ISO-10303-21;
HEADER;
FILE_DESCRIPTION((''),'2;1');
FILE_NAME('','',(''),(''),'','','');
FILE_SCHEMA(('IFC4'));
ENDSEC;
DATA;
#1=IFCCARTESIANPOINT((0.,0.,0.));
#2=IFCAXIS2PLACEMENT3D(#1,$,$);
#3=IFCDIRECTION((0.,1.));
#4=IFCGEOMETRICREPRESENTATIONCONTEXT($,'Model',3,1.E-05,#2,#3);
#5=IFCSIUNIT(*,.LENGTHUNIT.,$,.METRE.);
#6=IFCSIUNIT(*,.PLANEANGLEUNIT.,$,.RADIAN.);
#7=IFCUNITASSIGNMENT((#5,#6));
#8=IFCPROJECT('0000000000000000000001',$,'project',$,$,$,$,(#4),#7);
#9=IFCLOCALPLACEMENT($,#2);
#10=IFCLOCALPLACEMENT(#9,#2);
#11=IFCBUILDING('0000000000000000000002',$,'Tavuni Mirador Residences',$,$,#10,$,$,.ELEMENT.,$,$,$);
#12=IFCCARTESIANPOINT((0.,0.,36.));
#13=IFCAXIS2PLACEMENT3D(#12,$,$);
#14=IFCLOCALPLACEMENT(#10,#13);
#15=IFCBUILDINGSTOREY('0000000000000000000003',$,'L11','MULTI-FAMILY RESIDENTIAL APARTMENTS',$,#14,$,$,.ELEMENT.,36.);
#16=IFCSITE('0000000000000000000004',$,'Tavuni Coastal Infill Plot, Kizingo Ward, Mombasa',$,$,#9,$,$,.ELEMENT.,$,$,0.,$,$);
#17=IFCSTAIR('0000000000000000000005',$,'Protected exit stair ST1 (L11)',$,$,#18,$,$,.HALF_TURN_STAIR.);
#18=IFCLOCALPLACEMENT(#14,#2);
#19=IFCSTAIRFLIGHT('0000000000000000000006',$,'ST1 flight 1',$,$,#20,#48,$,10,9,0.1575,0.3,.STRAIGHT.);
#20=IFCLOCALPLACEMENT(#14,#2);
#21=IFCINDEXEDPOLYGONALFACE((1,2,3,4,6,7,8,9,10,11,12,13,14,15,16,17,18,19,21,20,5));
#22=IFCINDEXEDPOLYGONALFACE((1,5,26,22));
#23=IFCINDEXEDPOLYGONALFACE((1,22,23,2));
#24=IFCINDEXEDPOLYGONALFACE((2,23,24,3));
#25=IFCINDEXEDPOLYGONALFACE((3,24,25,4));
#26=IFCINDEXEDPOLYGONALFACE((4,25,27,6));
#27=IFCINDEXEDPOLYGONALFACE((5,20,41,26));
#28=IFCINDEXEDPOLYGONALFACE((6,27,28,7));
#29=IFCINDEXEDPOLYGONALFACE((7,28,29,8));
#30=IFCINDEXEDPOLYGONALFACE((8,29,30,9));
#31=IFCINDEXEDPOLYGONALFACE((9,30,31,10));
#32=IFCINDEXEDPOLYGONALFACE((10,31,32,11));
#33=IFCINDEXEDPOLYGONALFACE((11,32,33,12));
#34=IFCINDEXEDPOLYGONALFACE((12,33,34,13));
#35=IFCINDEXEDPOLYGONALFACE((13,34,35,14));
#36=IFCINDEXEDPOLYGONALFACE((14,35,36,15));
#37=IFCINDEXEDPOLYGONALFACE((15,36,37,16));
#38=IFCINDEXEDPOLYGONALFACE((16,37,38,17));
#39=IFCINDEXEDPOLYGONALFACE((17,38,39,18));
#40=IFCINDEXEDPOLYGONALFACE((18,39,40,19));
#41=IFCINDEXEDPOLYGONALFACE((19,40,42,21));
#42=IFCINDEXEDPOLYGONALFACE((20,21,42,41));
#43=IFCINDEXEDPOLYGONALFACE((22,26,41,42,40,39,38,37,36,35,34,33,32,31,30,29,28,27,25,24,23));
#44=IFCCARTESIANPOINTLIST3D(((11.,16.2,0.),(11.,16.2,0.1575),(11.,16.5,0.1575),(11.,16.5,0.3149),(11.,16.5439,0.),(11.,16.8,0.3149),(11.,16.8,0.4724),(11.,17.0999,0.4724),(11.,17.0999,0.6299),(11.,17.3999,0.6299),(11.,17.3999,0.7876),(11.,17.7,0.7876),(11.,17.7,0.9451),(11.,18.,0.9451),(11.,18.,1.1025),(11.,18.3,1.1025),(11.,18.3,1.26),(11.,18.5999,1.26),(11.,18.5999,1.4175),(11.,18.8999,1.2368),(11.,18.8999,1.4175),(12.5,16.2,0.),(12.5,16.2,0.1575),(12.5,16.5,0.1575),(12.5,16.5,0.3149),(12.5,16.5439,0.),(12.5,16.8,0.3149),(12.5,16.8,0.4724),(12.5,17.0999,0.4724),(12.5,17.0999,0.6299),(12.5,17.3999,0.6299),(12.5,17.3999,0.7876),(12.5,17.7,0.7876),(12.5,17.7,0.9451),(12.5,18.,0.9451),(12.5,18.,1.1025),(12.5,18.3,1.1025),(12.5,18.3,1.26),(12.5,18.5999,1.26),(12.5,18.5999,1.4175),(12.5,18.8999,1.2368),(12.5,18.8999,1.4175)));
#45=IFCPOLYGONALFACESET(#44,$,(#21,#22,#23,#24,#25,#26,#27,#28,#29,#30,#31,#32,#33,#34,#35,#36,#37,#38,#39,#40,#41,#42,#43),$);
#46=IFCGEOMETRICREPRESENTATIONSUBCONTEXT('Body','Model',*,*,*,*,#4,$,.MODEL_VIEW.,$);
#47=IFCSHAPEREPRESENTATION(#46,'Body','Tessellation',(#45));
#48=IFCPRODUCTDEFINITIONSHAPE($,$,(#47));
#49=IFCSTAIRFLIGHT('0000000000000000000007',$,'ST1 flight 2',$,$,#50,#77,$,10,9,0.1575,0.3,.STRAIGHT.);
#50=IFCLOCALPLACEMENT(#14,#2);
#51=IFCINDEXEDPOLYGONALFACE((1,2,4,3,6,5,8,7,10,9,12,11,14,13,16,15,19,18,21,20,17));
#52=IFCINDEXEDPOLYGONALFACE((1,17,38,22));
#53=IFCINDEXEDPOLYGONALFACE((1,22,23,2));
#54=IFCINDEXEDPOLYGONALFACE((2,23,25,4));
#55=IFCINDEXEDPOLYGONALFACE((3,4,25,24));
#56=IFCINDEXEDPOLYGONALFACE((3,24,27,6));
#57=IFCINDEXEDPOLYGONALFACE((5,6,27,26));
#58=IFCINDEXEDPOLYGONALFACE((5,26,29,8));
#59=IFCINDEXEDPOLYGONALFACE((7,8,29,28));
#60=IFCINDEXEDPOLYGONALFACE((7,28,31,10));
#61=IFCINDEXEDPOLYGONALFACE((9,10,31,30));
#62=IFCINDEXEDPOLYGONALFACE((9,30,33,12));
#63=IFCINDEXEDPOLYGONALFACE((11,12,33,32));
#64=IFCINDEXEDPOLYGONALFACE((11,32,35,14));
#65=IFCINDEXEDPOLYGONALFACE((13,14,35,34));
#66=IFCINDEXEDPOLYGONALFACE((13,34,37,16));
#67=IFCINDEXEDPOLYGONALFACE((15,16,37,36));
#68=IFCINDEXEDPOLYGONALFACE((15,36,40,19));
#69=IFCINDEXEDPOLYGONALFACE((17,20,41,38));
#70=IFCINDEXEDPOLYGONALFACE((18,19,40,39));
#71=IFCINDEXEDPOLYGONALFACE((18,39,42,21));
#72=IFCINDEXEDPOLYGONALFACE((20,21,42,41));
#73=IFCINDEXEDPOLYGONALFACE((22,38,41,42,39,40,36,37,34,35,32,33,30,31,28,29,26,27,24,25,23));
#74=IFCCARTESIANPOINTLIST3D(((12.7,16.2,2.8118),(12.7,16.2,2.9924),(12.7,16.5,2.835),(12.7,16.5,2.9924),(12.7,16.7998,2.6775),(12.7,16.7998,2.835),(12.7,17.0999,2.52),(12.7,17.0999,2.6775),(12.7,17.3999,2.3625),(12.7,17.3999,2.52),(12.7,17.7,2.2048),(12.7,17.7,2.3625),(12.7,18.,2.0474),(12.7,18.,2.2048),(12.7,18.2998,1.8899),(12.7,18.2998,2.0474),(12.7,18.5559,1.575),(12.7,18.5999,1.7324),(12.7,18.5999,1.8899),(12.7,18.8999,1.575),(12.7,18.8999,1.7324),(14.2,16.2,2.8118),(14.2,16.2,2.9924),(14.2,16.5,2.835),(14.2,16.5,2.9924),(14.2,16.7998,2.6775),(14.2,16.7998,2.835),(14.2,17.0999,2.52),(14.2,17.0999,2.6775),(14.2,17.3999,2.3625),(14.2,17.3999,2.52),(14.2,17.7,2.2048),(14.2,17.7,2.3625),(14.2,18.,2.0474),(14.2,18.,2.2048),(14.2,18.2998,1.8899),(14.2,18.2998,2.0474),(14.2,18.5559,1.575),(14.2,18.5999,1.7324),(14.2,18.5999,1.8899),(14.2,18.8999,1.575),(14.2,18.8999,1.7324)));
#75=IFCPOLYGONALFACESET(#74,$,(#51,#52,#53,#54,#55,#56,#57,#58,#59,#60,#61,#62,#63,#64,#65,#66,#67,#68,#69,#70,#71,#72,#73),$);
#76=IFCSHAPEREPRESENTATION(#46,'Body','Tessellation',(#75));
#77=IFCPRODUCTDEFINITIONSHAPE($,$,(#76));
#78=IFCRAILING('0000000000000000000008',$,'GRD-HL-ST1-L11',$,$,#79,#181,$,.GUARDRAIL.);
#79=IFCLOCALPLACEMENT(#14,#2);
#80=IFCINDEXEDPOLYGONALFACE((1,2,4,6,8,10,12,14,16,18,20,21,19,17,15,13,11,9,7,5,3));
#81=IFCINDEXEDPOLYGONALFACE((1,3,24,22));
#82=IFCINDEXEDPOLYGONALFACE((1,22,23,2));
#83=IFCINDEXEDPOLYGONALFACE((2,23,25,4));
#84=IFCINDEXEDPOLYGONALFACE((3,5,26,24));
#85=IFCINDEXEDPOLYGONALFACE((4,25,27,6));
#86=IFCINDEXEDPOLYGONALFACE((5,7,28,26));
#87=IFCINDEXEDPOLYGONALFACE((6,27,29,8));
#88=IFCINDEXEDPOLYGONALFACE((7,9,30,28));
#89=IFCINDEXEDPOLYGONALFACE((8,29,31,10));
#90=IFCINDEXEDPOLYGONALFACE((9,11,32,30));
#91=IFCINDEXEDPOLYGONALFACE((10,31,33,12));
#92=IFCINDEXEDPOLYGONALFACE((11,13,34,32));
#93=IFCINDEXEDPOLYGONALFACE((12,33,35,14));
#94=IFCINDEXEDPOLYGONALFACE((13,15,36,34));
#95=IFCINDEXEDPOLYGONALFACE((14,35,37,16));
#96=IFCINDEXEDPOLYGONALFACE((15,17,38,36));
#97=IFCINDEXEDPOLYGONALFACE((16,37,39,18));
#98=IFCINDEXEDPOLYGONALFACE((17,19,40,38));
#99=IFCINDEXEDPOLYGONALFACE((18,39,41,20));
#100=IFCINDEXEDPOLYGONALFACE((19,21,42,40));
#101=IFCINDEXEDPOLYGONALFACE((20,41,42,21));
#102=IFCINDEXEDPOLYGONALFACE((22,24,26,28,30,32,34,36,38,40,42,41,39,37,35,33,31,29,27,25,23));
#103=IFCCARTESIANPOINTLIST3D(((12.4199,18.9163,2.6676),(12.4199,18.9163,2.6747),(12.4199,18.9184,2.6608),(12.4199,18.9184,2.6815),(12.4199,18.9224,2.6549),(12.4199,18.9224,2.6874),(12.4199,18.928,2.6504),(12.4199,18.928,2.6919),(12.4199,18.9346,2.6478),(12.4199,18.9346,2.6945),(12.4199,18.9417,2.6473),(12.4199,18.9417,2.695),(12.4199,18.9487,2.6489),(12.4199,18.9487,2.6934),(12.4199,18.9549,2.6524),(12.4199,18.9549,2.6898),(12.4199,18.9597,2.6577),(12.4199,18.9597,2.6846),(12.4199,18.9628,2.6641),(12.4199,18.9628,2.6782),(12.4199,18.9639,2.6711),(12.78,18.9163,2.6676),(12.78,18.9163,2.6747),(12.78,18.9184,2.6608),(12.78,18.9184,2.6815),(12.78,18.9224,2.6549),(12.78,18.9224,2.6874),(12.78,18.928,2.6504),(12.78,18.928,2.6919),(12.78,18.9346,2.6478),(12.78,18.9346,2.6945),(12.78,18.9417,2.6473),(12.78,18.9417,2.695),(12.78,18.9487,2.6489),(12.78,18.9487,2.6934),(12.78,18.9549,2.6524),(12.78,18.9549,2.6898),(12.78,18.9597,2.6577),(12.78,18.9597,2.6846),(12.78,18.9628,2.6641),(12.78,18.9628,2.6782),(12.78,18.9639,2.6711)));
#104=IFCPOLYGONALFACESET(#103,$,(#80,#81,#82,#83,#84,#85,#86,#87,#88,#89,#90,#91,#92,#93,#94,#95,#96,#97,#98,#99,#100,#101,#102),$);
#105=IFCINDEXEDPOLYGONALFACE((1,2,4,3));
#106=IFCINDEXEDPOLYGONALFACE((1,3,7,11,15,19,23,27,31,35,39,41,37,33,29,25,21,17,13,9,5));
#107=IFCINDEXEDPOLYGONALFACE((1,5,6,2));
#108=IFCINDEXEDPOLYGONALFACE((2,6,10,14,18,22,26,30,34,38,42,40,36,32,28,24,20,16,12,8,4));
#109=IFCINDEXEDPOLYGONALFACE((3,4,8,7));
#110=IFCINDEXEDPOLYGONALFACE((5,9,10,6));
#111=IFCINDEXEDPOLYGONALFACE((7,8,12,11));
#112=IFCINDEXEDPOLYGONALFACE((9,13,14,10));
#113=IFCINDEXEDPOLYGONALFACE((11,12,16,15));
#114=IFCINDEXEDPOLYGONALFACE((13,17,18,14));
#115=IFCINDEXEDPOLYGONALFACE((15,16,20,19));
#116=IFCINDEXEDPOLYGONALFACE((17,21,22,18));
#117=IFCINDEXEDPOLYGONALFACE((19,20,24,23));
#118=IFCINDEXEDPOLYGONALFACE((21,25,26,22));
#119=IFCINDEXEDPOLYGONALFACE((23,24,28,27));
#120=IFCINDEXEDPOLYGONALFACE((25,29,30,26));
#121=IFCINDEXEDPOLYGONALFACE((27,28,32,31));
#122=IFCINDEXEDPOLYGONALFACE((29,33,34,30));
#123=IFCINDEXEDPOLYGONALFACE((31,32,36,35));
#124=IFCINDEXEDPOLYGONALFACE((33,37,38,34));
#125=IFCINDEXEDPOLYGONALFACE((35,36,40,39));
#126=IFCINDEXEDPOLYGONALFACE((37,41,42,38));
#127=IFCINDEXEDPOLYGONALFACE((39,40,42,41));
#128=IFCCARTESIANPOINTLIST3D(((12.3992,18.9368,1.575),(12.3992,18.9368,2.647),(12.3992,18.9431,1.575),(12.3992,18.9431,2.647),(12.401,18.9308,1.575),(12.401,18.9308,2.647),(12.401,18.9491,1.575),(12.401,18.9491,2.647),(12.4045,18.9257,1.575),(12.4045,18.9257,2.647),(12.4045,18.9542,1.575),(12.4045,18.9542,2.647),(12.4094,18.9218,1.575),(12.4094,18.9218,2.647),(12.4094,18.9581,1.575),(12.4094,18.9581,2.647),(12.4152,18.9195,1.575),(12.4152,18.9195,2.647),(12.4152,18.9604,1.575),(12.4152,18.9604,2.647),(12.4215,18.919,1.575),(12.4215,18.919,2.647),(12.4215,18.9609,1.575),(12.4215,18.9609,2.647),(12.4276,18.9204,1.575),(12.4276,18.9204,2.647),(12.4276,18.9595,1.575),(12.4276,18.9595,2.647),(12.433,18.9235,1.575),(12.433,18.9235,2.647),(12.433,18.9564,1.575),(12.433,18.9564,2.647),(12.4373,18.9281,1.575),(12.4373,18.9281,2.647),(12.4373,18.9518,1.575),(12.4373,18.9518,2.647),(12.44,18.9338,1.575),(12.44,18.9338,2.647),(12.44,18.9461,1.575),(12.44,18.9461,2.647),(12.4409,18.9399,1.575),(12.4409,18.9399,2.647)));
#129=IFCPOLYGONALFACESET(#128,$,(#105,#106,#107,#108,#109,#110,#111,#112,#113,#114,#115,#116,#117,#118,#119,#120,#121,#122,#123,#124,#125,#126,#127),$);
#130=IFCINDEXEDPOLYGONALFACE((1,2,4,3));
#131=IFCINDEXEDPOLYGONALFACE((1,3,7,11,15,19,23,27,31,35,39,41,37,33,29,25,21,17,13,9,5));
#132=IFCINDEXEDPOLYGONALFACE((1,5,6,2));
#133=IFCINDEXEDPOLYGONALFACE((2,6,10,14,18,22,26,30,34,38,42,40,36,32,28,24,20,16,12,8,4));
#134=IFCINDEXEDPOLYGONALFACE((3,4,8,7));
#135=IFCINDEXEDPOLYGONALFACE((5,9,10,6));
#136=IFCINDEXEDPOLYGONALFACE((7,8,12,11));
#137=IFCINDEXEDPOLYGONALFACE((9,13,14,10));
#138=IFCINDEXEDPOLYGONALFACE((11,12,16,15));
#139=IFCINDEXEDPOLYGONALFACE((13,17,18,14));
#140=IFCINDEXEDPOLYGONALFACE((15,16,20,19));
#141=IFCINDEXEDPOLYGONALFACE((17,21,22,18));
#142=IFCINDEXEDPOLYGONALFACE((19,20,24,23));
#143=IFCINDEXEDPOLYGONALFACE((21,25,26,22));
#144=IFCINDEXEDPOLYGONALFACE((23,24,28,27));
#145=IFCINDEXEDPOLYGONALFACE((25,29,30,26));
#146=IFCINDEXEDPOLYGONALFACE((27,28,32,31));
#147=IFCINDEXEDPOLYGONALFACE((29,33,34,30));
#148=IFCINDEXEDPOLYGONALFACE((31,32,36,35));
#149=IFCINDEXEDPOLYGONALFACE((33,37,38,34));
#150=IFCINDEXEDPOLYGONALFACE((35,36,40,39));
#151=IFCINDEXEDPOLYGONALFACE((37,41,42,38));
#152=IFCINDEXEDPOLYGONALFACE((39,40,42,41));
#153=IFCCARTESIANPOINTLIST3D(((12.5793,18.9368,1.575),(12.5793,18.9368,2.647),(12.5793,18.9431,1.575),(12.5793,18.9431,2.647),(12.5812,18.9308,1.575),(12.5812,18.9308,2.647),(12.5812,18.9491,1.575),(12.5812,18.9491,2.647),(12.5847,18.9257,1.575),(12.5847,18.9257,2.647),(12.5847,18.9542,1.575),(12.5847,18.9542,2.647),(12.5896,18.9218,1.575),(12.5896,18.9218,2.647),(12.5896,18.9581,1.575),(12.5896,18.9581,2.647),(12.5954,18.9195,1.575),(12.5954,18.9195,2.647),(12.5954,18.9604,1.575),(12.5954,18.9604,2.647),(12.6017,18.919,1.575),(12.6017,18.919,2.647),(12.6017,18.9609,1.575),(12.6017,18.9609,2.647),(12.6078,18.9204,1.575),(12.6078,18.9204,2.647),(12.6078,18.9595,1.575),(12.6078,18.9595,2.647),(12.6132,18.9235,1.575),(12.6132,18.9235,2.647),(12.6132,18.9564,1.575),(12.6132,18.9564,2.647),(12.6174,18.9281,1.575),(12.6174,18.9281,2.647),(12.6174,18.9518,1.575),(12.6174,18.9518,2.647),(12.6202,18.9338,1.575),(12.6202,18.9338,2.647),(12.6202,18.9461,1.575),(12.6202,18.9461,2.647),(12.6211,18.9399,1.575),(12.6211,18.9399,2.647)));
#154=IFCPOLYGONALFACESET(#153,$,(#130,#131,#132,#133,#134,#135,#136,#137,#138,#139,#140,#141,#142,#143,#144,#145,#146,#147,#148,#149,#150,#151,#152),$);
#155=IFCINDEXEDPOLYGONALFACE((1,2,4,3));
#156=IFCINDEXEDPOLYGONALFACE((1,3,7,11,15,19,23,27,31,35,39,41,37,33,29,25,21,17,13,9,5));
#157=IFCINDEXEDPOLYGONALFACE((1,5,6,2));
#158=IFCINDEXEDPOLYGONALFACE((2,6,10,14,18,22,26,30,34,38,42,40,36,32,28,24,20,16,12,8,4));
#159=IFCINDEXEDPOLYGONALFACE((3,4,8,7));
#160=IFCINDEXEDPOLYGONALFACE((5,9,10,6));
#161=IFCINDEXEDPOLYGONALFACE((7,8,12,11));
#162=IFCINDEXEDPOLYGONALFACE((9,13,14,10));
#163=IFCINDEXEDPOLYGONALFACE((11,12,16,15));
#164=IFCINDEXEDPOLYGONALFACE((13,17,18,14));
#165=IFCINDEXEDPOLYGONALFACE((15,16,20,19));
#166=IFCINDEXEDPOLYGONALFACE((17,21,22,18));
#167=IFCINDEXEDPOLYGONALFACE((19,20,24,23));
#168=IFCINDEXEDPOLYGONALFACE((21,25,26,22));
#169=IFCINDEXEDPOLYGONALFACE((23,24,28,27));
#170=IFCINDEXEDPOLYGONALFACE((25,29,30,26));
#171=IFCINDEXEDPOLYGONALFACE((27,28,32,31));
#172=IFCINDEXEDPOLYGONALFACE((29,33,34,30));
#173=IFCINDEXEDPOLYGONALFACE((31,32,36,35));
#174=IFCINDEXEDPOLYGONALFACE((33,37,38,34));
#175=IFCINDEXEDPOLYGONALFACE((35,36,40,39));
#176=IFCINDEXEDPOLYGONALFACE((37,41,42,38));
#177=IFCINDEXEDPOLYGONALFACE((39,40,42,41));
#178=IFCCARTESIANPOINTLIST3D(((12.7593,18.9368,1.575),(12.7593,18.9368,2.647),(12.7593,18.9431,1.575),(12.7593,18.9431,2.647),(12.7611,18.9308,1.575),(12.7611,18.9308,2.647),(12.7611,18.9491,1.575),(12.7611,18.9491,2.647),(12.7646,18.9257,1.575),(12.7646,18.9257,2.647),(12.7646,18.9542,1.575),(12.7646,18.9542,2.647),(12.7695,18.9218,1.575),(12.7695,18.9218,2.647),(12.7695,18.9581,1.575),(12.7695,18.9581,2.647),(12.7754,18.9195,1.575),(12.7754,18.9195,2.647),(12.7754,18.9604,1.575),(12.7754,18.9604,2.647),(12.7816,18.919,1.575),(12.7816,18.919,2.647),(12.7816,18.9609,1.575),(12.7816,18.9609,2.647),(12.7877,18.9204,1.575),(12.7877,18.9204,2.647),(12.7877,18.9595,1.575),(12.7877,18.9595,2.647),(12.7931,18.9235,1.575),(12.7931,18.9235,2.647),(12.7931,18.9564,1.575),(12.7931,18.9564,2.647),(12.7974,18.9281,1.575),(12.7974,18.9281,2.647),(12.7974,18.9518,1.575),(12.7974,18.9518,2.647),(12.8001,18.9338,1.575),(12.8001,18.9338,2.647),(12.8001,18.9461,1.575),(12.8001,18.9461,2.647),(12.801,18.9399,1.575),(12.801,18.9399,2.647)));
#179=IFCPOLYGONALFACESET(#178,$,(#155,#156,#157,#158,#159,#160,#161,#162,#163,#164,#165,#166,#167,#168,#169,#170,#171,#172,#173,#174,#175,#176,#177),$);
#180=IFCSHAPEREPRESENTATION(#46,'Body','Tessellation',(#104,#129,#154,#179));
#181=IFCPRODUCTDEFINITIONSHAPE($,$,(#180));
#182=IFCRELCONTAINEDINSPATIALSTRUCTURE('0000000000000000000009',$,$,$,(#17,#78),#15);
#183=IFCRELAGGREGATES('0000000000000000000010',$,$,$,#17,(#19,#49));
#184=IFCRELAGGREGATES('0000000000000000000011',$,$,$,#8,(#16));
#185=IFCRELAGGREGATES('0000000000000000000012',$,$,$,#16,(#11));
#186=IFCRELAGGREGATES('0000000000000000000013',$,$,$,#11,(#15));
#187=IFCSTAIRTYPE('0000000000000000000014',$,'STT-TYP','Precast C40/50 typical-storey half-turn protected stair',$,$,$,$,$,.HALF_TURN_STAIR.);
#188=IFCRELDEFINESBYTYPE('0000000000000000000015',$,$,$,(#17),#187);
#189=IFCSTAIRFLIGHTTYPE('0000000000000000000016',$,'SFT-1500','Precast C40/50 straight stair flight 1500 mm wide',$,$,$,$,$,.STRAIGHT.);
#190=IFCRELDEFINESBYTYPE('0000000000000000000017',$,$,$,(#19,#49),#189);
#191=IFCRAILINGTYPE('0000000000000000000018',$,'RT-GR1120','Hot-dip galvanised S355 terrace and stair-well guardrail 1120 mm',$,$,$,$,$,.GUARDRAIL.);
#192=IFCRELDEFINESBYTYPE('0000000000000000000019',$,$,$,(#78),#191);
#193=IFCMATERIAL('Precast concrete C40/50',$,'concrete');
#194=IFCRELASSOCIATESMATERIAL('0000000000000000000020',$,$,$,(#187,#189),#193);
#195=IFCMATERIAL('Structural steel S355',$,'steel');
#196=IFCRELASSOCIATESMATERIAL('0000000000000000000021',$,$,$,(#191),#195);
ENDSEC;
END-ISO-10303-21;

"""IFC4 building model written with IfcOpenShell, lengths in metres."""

from ifc_helpers import new_model, si_unit, direction, frame, origin, origin_2d, place, context, subcontext, project, spatial, polyline, circle, outline, extrude, material, type_object, element, aggregate, save


model = new_model("IFC4")

# Units and contexts
model_context = context("Model", 3, precision=1e-05, world=origin(), true_north=direction((0.0, 1.0)))
body_context = subcontext(model_context, "Body", "Model", "MODEL_VIEW")
ifc_project = project(units=[si_unit("LENGTHUNIT", "METRE"), si_unit("PLANEANGLEUNIT", "RADIAN")], contexts=[model_context])

# Site, building, storey
site_placement = place(None, origin())
site = spatial("IfcSite", under=ifc_project, at=site_placement, Name="Tavuni Coastal Infill Plot, Kizingo Ward, Mombasa", CompositionType="ELEMENT", RefElevation=0.0)
building_placement = place(site_placement, origin())
building = spatial("IfcBuilding", under=site, at=building_placement, Name="Tavuni Mirador Residences", CompositionType="ELEMENT")
storey_placement = place(building_placement, frame((0.0, 0.0, 36.0)))
storey = spatial("IfcBuildingStorey", under=building, at=storey_placement, Name="L11", Description="MULTI-FAMILY RESIDENTIAL APARTMENTS", CompositionType="ELEMENT", Elevation=36.0)

# Shared definitions
ifc_material_1 = material(Name="Precast concrete C40/50", Category="concrete")

# Shared definitions
ifc_material_2 = material(Name="Structural steel S355", Category="steel")

# Stair, stair flights
stair_type = type_object("IfcStairType", Name="STT-TYP", Description="Precast C40/50 typical-storey half-turn protected stair", PredefinedType="HALF_TURN_STAIR", material=ifc_material_1)
stair_placement = place(storey_placement, origin())
stair = element("IfcStair", 1, at=stair_placement, inside=storey, type_object=stair_type, Name="Protected exit stair ST1 (L11)", PredefinedType="HALF_TURN_STAIR")
stair_flight_type = type_object("IfcStairFlightType", Name="SFT-1500", Description="Precast C40/50 straight stair flight 1500 mm wide", PredefinedType="STRAIGHT", material=ifc_material_1)
stair_flight_1_placement = place(storey_placement, frame((11.75, 16.2, 0.0), z_axis=(0.0, 0.0, 1.0), x_axis=(0.0, 1.0, 0.0)))
stair_flight_1 = element("IfcStairFlight", 2, at=stair_flight_1_placement, type_object=stair_flight_type, Name="ST1 flight 1", NumberOfRisers=10, NumberOfTreads=9, PredefinedType="STRAIGHT", RiserHeight=0.1575, TreadLength=0.3, context=body_context, shape_type="SweptSolid", body=[
    extrude(outline(polyline([(0.0, 0.0), (0.0, 0.1575), (0.3, 0.1575), (0.3, 0.3149), (0.6001, 0.3149), (0.6001, 0.4724), (0.8999, 0.4724), (0.8999, 0.6299), (1.2, 0.6299), (1.2, 0.7876), (1.5, 0.7876), (1.5, 0.9451), (1.8, 0.9451), (1.8, 1.1025), (2.1001, 1.1025), (2.1001, 1.26), (2.3999, 1.26), (2.3999, 1.4175), (2.7, 1.4175), (2.7, 1.575), (2.7, 1.2368), (0.344, 0.0), (0.0, 0.0)])), frame((0.0, 0.75, 0.0), z_axis=(0.0, -1.0, 0.0), x_axis=(1.0, 0.0, 0.0)), (0.0, 0.0, 1.0), 1.5),
])
stair_flight_2_placement = place(storey_placement, frame((13.45, 18.8999, 1.575), z_axis=(0.0, 0.0, 1.0), x_axis=(0.0, -1.0, 0.0)))
stair_flight_2 = element("IfcStairFlight", 3, at=stair_flight_2_placement, type_object=stair_flight_type, Name="ST1 flight 2", NumberOfRisers=10, NumberOfTreads=9, PredefinedType="STRAIGHT", RiserHeight=0.1575, TreadLength=0.3, context=body_context, shape_type="SweptSolid", body=[
    extrude(outline(polyline([(0.0, 0.0), (0.0, 0.1575), (0.3, 0.1575), (0.3, 0.3149), (0.6001, 0.3149), (0.6001, 0.4724), (0.8999, 0.4724), (0.8999, 0.6299), (1.2, 0.6299), (1.2, 0.7876), (1.5, 0.7876), (1.5, 0.9451), (1.8, 0.9451), (1.8, 1.1025), (2.1001, 1.1025), (2.1001, 1.26), (2.3999, 1.26), (2.3999, 1.4175), (2.7, 1.4175), (2.7, 1.575), (2.7, 1.2368), (0.344, 0.0), (0.0, 0.0)])), frame((0.0, 0.75, 0.0), z_axis=(0.0, -1.0, 0.0), x_axis=(1.0, 0.0, 0.0)), (0.0, 0.0, 1.0), 1.5),
])
aggregate(stair, [stair_flight_1, stair_flight_2])

# Railing
railing_type_1 = type_object("IfcRailingType", Name="RT-GR1120", Description="Hot-dip galvanised S355 terrace and stair-well guardrail 1120 mm", PredefinedType="GUARDRAIL", material=ifc_material_2)
railing_1_placement = place(storey_placement, frame((12.4199, 18.9399, 1.575)))
element("IfcRailing", 4, at=railing_1_placement, inside=storey, type_object=railing_type_1, Name="GRD-HL-ST1-L11", PredefinedType="GUARDRAIL", context=body_context, shape_type="SweptSolid", body=[
    extrude(circle(Radius=0.0239, at=origin_2d()), frame((0.0, 0.0, 1.0962), z_axis=(1.0, 0.0, 0.0), x_axis=(0.0, 1.0, 0.0)), (0.0, 0.0, 1.0), 0.3601),
    extrude(circle(Radius=0.021, at=origin_2d()), origin(), (0.0, 0.0, 1.0), 1.072),
    extrude(circle(Radius=0.021, at=origin_2d()), frame((0.1802, 0.0, 0.0)), (0.0, 0.0, 1.0), 1.072),
    extrude(circle(Radius=0.021, at=origin_2d()), frame((0.3601, 0.0, 0.0)), (0.0, 0.0, 1.0), 1.072),
])

save(model, "model.ifc")
